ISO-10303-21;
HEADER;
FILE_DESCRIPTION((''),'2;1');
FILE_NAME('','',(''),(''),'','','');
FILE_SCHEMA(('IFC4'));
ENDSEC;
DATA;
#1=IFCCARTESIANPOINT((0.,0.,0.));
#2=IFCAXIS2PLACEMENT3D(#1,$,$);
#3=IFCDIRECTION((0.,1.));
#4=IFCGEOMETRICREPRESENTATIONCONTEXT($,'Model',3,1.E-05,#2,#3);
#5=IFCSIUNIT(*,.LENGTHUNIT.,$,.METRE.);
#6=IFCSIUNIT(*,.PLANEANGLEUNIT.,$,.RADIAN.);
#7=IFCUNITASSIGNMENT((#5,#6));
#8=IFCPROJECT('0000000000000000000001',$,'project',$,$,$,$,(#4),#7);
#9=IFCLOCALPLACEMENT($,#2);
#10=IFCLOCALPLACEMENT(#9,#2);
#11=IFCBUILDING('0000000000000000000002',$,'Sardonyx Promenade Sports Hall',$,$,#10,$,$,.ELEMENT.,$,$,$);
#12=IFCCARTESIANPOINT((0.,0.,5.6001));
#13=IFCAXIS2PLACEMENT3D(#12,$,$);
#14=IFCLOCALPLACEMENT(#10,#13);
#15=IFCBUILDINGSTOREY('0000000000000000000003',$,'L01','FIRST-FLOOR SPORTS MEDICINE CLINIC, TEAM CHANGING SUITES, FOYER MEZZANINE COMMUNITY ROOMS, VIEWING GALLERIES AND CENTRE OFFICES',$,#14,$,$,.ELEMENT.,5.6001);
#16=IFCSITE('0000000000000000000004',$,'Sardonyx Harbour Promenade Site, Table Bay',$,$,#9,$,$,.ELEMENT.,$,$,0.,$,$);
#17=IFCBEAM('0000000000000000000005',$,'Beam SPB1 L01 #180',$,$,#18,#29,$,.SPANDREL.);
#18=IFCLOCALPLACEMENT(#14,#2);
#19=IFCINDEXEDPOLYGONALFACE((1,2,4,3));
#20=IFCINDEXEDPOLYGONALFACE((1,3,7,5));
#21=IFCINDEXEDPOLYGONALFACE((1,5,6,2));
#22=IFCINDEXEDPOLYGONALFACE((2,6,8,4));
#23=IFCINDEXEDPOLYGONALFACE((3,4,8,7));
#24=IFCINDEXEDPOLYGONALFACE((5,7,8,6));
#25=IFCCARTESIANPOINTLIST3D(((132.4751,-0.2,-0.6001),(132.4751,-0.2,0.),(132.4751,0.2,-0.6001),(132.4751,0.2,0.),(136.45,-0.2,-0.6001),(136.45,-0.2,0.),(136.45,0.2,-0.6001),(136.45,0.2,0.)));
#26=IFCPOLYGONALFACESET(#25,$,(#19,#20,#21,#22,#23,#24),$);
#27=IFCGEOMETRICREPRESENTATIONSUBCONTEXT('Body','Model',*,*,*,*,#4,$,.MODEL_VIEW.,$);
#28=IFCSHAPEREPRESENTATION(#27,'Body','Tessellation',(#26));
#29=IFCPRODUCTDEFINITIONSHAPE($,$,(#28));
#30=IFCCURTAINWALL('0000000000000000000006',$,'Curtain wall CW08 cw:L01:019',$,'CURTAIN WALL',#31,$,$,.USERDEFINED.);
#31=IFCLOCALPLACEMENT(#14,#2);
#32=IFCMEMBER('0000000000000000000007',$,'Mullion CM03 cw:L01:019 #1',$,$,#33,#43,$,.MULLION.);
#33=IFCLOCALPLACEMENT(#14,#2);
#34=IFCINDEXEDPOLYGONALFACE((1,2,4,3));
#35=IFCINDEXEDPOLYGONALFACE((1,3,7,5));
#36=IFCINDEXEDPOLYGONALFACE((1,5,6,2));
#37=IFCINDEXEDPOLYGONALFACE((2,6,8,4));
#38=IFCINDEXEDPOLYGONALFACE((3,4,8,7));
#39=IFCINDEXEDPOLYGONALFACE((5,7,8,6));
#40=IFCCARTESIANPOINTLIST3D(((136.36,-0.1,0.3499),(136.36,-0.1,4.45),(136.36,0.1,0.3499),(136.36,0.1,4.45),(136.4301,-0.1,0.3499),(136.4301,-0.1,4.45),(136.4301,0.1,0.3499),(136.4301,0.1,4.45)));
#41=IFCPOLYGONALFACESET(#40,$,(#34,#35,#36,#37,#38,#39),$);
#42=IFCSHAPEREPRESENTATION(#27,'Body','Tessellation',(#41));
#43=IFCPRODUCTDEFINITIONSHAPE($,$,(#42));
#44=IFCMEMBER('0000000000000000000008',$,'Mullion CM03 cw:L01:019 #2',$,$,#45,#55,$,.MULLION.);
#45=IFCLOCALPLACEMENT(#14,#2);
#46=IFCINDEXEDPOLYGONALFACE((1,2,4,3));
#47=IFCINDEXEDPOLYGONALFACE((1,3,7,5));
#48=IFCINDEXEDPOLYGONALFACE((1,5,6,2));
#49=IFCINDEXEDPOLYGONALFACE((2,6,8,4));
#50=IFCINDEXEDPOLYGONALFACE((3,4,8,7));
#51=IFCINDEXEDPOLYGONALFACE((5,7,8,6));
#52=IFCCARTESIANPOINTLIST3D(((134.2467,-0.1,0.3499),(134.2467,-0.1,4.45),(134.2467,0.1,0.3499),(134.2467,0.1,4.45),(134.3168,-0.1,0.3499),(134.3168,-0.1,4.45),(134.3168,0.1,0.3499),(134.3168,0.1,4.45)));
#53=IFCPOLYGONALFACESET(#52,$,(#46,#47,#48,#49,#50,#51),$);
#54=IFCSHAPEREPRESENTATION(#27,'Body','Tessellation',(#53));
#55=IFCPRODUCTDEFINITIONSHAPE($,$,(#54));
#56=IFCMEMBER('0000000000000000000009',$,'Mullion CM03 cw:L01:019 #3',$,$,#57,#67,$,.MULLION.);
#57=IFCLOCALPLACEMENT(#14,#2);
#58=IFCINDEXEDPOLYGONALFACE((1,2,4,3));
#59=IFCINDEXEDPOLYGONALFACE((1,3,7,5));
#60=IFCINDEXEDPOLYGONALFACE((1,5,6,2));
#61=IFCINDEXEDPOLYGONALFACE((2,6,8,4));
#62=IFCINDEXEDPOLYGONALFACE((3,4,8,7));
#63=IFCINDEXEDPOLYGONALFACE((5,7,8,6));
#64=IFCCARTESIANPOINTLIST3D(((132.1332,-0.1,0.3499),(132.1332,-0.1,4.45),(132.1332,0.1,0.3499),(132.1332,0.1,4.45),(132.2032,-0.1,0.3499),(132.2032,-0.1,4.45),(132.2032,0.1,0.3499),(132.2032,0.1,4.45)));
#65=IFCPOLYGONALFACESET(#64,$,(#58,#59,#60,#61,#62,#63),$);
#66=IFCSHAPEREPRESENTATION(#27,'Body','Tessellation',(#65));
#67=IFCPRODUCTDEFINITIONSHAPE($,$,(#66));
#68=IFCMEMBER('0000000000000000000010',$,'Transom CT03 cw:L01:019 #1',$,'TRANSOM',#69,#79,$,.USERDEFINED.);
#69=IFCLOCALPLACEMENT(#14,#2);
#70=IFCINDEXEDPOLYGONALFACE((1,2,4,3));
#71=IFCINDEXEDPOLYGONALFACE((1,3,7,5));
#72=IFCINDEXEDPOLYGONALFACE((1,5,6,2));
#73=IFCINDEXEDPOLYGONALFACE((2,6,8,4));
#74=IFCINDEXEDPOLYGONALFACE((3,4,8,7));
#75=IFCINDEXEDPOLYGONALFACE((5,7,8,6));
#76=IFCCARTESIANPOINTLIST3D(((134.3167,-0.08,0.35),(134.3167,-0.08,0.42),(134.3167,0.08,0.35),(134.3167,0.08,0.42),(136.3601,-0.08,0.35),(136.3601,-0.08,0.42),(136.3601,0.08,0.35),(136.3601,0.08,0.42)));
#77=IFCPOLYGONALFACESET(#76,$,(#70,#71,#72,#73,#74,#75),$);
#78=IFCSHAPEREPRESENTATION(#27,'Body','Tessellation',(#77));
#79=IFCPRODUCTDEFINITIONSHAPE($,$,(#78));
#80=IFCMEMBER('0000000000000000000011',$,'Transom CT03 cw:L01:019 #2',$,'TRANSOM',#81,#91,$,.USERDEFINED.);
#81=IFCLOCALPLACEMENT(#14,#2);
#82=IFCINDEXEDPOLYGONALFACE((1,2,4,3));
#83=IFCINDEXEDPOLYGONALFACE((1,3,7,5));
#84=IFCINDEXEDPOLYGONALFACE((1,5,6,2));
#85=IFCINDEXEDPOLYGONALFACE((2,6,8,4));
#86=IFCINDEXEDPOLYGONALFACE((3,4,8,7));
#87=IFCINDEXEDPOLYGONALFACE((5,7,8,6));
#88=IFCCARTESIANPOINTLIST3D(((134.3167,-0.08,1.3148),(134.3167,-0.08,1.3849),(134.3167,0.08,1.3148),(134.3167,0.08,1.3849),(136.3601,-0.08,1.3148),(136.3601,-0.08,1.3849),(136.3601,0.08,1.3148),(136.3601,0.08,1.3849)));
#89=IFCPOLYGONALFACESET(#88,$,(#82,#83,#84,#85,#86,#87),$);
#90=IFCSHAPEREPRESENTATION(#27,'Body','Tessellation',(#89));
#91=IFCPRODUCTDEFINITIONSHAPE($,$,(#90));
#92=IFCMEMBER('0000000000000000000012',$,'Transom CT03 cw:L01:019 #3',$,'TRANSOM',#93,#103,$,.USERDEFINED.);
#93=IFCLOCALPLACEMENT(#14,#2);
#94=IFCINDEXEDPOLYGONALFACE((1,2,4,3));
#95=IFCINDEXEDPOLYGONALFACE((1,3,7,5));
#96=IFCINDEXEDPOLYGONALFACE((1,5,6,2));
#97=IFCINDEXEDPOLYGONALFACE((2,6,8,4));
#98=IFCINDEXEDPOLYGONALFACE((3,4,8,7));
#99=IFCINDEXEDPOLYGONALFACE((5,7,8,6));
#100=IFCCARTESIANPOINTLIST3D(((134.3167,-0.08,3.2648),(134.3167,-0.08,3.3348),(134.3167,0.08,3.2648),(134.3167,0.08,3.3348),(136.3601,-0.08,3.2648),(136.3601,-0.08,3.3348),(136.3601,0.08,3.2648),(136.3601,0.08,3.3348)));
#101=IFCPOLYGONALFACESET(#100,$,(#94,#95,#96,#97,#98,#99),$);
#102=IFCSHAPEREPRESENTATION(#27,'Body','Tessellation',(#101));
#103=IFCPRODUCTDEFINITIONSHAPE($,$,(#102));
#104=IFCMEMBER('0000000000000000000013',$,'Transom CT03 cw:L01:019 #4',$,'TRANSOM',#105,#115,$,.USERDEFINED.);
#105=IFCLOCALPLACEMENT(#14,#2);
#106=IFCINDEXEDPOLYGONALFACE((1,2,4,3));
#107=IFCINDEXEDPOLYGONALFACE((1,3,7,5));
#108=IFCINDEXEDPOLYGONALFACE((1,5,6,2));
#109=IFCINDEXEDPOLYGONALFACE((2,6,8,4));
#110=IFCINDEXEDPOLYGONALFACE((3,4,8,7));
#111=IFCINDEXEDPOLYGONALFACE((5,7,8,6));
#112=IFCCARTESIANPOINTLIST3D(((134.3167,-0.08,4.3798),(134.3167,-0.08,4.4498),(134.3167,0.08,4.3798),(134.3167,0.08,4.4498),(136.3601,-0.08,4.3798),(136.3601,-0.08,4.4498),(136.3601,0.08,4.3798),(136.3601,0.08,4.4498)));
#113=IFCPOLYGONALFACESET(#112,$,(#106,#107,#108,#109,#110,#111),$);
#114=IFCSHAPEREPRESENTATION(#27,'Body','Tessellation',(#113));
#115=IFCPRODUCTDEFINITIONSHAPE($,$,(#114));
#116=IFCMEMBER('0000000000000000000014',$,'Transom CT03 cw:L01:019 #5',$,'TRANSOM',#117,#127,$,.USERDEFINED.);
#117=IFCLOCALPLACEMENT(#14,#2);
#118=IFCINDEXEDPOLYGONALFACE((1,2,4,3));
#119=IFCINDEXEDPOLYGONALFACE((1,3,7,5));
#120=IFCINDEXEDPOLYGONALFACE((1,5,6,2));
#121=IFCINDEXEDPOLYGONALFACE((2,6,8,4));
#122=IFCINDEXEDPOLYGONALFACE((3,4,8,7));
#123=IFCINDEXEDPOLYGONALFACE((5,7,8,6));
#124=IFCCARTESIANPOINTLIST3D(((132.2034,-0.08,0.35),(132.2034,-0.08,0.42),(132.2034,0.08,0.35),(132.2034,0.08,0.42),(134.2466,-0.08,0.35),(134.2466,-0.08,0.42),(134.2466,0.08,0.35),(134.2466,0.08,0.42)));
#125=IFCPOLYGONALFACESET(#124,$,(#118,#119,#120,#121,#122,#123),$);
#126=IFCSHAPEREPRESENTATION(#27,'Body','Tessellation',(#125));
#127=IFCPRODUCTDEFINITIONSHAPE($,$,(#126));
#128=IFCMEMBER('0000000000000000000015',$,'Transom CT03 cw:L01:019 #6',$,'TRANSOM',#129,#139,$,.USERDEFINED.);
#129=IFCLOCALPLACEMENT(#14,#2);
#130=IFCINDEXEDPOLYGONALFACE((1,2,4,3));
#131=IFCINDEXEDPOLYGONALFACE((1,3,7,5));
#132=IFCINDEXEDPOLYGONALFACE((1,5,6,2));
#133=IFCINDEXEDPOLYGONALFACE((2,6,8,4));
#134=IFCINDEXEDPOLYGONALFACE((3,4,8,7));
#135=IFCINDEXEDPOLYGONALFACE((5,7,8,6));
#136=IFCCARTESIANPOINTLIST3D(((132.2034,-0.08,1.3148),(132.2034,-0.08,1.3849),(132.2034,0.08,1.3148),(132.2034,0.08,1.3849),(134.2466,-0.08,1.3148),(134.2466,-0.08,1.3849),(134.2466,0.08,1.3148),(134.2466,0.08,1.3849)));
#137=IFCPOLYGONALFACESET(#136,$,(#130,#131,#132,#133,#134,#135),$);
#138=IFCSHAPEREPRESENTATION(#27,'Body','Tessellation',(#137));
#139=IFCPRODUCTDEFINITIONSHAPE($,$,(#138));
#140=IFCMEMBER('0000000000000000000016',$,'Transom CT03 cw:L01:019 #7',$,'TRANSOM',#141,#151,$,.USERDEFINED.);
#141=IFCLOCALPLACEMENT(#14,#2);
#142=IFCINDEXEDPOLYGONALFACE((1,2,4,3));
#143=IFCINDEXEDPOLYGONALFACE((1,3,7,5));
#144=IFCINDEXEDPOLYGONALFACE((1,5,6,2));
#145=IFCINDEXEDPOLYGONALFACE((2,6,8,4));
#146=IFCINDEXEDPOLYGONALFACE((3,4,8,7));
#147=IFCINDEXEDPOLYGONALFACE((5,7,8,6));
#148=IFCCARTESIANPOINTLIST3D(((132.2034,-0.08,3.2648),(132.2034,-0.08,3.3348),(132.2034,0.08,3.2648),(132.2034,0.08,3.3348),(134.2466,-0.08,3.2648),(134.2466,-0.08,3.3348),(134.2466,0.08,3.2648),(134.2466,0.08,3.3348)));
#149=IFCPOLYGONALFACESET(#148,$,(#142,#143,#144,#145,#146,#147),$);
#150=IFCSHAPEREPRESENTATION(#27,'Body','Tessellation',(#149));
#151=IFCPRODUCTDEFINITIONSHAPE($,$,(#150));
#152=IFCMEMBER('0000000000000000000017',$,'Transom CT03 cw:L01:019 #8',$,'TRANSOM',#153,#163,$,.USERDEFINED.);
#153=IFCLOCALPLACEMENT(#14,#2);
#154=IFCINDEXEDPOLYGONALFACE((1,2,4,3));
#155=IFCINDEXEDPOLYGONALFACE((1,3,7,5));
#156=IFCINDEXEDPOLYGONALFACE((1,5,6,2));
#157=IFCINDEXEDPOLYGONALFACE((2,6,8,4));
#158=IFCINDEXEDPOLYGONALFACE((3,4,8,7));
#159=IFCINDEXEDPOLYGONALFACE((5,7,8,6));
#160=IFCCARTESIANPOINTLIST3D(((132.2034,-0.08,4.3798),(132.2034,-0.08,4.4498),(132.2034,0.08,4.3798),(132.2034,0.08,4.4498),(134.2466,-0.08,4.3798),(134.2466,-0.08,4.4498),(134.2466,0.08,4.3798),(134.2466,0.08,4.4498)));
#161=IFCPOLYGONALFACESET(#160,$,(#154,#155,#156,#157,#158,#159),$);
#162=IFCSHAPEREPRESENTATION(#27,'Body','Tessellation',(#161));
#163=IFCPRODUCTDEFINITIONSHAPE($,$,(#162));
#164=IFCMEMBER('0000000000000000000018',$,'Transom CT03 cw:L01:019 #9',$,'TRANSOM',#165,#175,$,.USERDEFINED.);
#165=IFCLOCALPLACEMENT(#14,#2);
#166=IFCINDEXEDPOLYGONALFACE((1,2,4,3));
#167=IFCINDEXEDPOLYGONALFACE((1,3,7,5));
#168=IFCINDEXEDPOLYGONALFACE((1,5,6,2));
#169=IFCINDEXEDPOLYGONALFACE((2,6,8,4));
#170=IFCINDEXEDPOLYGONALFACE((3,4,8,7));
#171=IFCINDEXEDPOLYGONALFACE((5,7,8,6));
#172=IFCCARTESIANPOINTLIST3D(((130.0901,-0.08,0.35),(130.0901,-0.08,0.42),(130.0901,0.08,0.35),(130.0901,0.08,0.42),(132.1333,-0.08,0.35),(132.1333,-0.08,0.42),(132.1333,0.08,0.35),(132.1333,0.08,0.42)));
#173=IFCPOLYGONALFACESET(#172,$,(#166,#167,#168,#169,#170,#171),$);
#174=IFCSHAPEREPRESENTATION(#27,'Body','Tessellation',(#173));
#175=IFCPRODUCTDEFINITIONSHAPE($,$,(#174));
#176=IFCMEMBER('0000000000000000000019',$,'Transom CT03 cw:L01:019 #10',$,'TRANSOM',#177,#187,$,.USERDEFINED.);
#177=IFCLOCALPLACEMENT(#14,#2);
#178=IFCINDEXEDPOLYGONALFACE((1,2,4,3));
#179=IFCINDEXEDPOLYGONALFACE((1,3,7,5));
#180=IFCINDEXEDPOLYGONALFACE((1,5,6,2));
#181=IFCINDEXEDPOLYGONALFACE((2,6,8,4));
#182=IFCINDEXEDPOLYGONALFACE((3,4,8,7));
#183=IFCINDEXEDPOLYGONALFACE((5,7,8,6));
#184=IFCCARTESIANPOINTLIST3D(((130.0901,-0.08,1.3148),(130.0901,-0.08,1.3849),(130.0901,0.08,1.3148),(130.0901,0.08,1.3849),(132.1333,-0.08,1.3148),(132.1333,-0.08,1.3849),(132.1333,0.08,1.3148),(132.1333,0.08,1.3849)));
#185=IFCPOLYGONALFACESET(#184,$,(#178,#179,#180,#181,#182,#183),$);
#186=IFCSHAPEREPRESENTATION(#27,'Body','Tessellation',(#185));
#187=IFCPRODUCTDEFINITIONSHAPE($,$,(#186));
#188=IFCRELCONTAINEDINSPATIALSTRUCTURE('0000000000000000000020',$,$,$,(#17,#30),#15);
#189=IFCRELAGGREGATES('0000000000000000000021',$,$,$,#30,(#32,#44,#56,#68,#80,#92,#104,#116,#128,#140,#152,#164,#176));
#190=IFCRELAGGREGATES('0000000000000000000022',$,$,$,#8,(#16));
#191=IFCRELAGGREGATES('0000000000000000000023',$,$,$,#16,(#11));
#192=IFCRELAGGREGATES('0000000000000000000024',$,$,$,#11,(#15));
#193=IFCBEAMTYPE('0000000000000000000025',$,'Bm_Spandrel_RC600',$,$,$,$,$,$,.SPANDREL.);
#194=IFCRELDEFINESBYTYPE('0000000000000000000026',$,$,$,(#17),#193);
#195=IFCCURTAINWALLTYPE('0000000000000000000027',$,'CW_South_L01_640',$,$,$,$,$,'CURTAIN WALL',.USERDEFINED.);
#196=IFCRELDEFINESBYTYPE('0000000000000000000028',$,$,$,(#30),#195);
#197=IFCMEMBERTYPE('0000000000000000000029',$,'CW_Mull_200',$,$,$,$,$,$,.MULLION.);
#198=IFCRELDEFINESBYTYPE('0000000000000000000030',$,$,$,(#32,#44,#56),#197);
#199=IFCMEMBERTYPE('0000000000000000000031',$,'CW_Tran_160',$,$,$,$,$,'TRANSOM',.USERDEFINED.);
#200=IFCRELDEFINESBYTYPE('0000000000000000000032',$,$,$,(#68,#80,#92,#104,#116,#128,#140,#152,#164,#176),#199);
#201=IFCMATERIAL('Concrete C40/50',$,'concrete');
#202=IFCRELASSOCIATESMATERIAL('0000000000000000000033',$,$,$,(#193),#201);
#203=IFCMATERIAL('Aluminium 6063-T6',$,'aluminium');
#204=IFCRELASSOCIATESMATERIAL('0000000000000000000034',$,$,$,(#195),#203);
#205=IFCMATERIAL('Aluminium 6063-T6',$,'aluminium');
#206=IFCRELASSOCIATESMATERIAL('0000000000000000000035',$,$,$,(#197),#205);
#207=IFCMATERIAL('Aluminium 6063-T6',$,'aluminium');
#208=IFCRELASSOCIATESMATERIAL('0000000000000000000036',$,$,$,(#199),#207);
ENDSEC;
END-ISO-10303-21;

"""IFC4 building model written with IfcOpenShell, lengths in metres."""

from ifc_helpers import new_model, si_unit, direction, frame, origin, origin_2d, place, context, subcontext, project, spatial, rectangle, extrude, material, material_profile, profile_set, type_object, element, aggregate, save


model = new_model("IFC4")

# Units and contexts
model_context = context("Model", 3, precision=1e-05, world=origin(), true_north=direction((0.0, 1.0)))
body_context = subcontext(model_context, "Body", "Model", "MODEL_VIEW")
ifc_project = project(units=[si_unit("LENGTHUNIT", "METRE"), si_unit("PLANEANGLEUNIT", "RADIAN")], contexts=[model_context])

# Site, building, storey
site_placement = place(None, origin())
site = spatial("IfcSite", under=ifc_project, at=site_placement, Name="Sardonyx Harbour Promenade Site, Table Bay", CompositionType="ELEMENT", RefElevation=0.0)
building_placement = place(site_placement, origin())
building = spatial("IfcBuilding", under=site, at=building_placement, Name="Sardonyx Promenade Sports Hall", CompositionType="ELEMENT")
storey_placement = place(building_placement, frame((0.0, 0.0, 5.6001)))
storey = spatial("IfcBuildingStorey", under=building, at=storey_placement, Name="L01", Description="FIRST-FLOOR SPORTS MEDICINE CLINIC, TEAM CHANGING SUITES, FOYER MEZZANINE COMMUNITY ROOMS, VIEWING GALLERIES AND CENTRE OFFICES", CompositionType="ELEMENT", Elevation=5.6001)

# Beam
ifc_material_1 = material(Name="Concrete C40/50", Category="concrete")
ifc_material_profile_1 = material_profile(ifc_material_1, rectangle(XDim=0.3999, YDim=0.6001, at=origin_2d()))
ifc_profile_set_1 = profile_set([ifc_material_profile_1], Name="Concrete C40/50")
beam_type = type_object("IfcBeamType", Name="Bm_Spandrel_RC600", PredefinedType="SPANDREL", material=ifc_profile_set_1)
beam_placement = place(storey_placement, frame((132.4751, 0.0, -0.3), z_axis=(1.0, 0.0, 0.0), x_axis=(0.0, 1.0, 0.0)))
element("IfcBeam", 1, at=beam_placement, inside=storey, type_object=beam_type, Name="Beam SPB1 L01 #180", PredefinedType="SPANDREL", context=body_context, shape_type="SweptSolid", body=[
    extrude(rectangle(XDim=0.3999, YDim=0.6001, at=origin_2d()), origin(), (0.0, 0.0, 1.0), 3.9749),
])

# Curtain wall, members
ifc_material_2 = material(Name="Aluminium 6063-T6", Category="aluminium")
curtain_wall_type = type_object("IfcCurtainWallType", Name="CW_South_L01_640", ElementType="CURTAIN WALL", PredefinedType="USERDEFINED", material=ifc_material_2)
curtain_wall_placement = place(storey_placement, origin())
curtain_wall = element("IfcCurtainWall", 2, at=curtain_wall_placement, inside=storey, type_object=curtain_wall_type, Name="Curtain wall CW08 cw:L01:019", ObjectType="CURTAIN WALL", PredefinedType="USERDEFINED")
ifc_material_3 = material(Name="Aluminium 6063-T6", Category="aluminium")
ifc_material_profile_2 = material_profile(ifc_material_3, rectangle(XDim=0.0701, YDim=0.2, at=origin_2d()))
ifc_profile_set_2 = profile_set([ifc_material_profile_2], Name="Aluminium 6063-T6")
member_type_1 = type_object("IfcMemberType", Name="CW_Mull_200", PredefinedType="MULLION", material=ifc_profile_set_2)
member_1_placement = place(storey_placement, frame((136.395, 0.0, 0.3499), z_axis=(0.0, 0.0, 1.0), x_axis=(-1.0, 0.0, 0.0)))
member_1 = element("IfcMember", 3, at=member_1_placement, type_object=member_type_1, Name="Mullion CM03 cw:L01:019 #1", PredefinedType="MULLION", context=body_context, shape_type="SweptSolid", body=[
    extrude(rectangle(XDim=0.0701, YDim=0.2, at=origin_2d()), origin(), (0.0, 0.0, 1.0), 4.1001),
])
member_2_placement = place(storey_placement, frame((134.2817, 0.0, 0.3499), z_axis=(0.0, 0.0, 1.0), x_axis=(-1.0, 0.0, 0.0)))
member_2 = element("IfcMember", 4, at=member_2_placement, type_object=member_type_1, Name="Mullion CM03 cw:L01:019 #2", PredefinedType="MULLION", context=body_context, shape_type="SweptSolid", body=[
    extrude(rectangle(XDim=0.0701, YDim=0.2, at=origin_2d()), origin(), (0.0, 0.0, 1.0), 4.1001),
])
member_3_placement = place(storey_placement, frame((132.1682, 0.0, 0.3499), z_axis=(0.0, 0.0, 1.0), x_axis=(-1.0, 0.0, 0.0)))
member_3 = element("IfcMember", 5, at=member_3_placement, type_object=member_type_1, Name="Mullion CM03 cw:L01:019 #3", PredefinedType="MULLION", context=body_context, shape_type="SweptSolid", body=[
    extrude(rectangle(XDim=0.0701, YDim=0.2, at=origin_2d()), origin(), (0.0, 0.0, 1.0), 4.1001),
])
ifc_material_4 = material(Name="Aluminium 6063-T6", Category="aluminium")
ifc_material_profile_3 = material_profile(ifc_material_4, rectangle(XDim=0.0701, YDim=0.1599, at=origin_2d()))
ifc_profile_set_3 = profile_set([ifc_material_profile_3], Name="Aluminium 6063-T6")
member_type_2 = type_object("IfcMemberType", Name="CW_Tran_160", ElementType="TRANSOM", PredefinedType="USERDEFINED", material=ifc_profile_set_3)
member_4_placement = place(storey_placement, frame((136.3601, 0.0, 0.385), z_axis=(-1.0, 0.0, 0.0), x_axis=(0.0, 0.0, 1.0)))
member_4 = element("IfcMember", 6, at=member_4_placement, type_object=member_type_2, Name="Transom CT03 cw:L01:019 #1", ObjectType="TRANSOM", PredefinedType="USERDEFINED", context=body_context, shape_type="SweptSolid", body=[
    extrude(rectangle(XDim=0.0701, YDim=0.1599, at=origin_2d()), origin(), (0.0, 0.0, 1.0), 2.0435),
])
member_5_placement = place(storey_placement, frame((136.3601, 0.0, 1.3499), z_axis=(-1.0, 0.0, 0.0), x_axis=(0.0, 0.0, 1.0)))
member_5 = element("IfcMember", 7, at=member_5_placement, type_object=member_type_2, Name="Transom CT03 cw:L01:019 #2", ObjectType="TRANSOM", PredefinedType="USERDEFINED", context=body_context, shape_type="SweptSolid", body=[
    extrude(rectangle(XDim=0.0701, YDim=0.1599, at=origin_2d()), origin(), (0.0, 0.0, 1.0), 2.0435),
])
member_6_placement = place(storey_placement, frame((136.3601, 0.0, 3.2998), z_axis=(-1.0, 0.0, 0.0), x_axis=(0.0, 0.0, 1.0)))
member_6 = element("IfcMember", 8, at=member_6_placement, type_object=member_type_2, Name="Transom CT03 cw:L01:019 #3", ObjectType="TRANSOM", PredefinedType="USERDEFINED", context=body_context, shape_type="SweptSolid", body=[
    extrude(rectangle(XDim=0.0701, YDim=0.1599, at=origin_2d()), origin(), (0.0, 0.0, 1.0), 2.0435),
])
member_7_placement = place(storey_placement, frame((136.3601, 0.0, 4.4148), z_axis=(-1.0, 0.0, 0.0), x_axis=(0.0, 0.0, 1.0)))
member_7 = element("IfcMember", 9, at=member_7_placement, type_object=member_type_2, Name="Transom CT03 cw:L01:019 #4", ObjectType="TRANSOM", PredefinedType="USERDEFINED", context=body_context, shape_type="SweptSolid", body=[
    extrude(rectangle(XDim=0.0701, YDim=0.1599, at=origin_2d()), origin(), (0.0, 0.0, 1.0), 2.0435),
])
member_8_placement = place(storey_placement, frame((134.2466, 0.0, 0.385), z_axis=(-1.0, 0.0, 0.0), x_axis=(0.0, 0.0, 1.0)))
member_8 = element("IfcMember", 10, at=member_8_placement, type_object=member_type_2, Name="Transom CT03 cw:L01:019 #5", ObjectType="TRANSOM", PredefinedType="USERDEFINED", context=body_context, shape_type="SweptSolid", body=[
    extrude(rectangle(XDim=0.0701, YDim=0.1599, at=origin_2d()), origin(), (0.0, 0.0, 1.0), 2.0432),
])
member_9_placement = place(storey_placement, frame((134.2466, 0.0, 1.3499), z_axis=(-1.0, 0.0, 0.0), x_axis=(0.0, 0.0, 1.0)))
member_9 = element("IfcMember", 11, at=member_9_placement, type_object=member_type_2, Name="Transom CT03 cw:L01:019 #6", ObjectType="TRANSOM", PredefinedType="USERDEFINED", context=body_context, shape_type="SweptSolid", body=[
    extrude(rectangle(XDim=0.0701, YDim=0.1599, at=origin_2d()), origin(), (0.0, 0.0, 1.0), 2.0432),
])
member_10_placement = place(storey_placement, frame((134.2466, 0.0, 3.2998), z_axis=(-1.0, 0.0, 0.0), x_axis=(0.0, 0.0, 1.0)))
member_10 = element("IfcMember", 12, at=member_10_placement, type_object=member_type_2, Name="Transom CT03 cw:L01:019 #7", ObjectType="TRANSOM", PredefinedType="USERDEFINED", context=body_context, shape_type="SweptSolid", body=[
    extrude(rectangle(XDim=0.0701, YDim=0.1599, at=origin_2d()), origin(), (0.0, 0.0, 1.0), 2.0432),
])
member_11_placement = place(storey_placement, frame((134.2466, 0.0, 4.4148), z_axis=(-1.0, 0.0, 0.0), x_axis=(0.0, 0.0, 1.0)))
member_11 = element("IfcMember", 13, at=member_11_placement, type_object=member_type_2, Name="Transom CT03 cw:L01:019 #8", ObjectType="TRANSOM", PredefinedType="USERDEFINED", context=body_context, shape_type="SweptSolid", body=[
    extrude(rectangle(XDim=0.0701, YDim=0.1599, at=origin_2d()), origin(), (0.0, 0.0, 1.0), 2.0432),
])
member_12_placement = place(storey_placement, frame((132.1333, 0.0, 0.385), z_axis=(-1.0, 0.0, 0.0), x_axis=(0.0, 0.0, 1.0)))
member_12 = element("IfcMember", 14, at=member_12_placement, type_object=member_type_2, Name="Transom CT03 cw:L01:019 #9", ObjectType="TRANSOM", PredefinedType="USERDEFINED", context=body_context, shape_type="SweptSolid", body=[
    extrude(rectangle(XDim=0.0701, YDim=0.1599, at=origin_2d()), origin(), (0.0, 0.0, 1.0), 2.0432),
])
member_13_placement = place(storey_placement, frame((132.1333, 0.0, 1.3499), z_axis=(-1.0, 0.0, 0.0), x_axis=(0.0, 0.0, 1.0)))
member_13 = element("IfcMember", 15, at=member_13_placement, type_object=member_type_2, Name="Transom CT03 cw:L01:019 #10", ObjectType="TRANSOM", PredefinedType="USERDEFINED", context=body_context, shape_type="SweptSolid", body=[
    extrude(rectangle(XDim=0.0701, YDim=0.1599, at=origin_2d()), origin(), (0.0, 0.0, 1.0), 2.0432),
])
aggregate(curtain_wall, [member_1, member_2, member_3, member_4, member_5, member_6, member_7, member_8, member_9, member_10, member_11, member_12, member_13])

save(model, "model.ifc")
